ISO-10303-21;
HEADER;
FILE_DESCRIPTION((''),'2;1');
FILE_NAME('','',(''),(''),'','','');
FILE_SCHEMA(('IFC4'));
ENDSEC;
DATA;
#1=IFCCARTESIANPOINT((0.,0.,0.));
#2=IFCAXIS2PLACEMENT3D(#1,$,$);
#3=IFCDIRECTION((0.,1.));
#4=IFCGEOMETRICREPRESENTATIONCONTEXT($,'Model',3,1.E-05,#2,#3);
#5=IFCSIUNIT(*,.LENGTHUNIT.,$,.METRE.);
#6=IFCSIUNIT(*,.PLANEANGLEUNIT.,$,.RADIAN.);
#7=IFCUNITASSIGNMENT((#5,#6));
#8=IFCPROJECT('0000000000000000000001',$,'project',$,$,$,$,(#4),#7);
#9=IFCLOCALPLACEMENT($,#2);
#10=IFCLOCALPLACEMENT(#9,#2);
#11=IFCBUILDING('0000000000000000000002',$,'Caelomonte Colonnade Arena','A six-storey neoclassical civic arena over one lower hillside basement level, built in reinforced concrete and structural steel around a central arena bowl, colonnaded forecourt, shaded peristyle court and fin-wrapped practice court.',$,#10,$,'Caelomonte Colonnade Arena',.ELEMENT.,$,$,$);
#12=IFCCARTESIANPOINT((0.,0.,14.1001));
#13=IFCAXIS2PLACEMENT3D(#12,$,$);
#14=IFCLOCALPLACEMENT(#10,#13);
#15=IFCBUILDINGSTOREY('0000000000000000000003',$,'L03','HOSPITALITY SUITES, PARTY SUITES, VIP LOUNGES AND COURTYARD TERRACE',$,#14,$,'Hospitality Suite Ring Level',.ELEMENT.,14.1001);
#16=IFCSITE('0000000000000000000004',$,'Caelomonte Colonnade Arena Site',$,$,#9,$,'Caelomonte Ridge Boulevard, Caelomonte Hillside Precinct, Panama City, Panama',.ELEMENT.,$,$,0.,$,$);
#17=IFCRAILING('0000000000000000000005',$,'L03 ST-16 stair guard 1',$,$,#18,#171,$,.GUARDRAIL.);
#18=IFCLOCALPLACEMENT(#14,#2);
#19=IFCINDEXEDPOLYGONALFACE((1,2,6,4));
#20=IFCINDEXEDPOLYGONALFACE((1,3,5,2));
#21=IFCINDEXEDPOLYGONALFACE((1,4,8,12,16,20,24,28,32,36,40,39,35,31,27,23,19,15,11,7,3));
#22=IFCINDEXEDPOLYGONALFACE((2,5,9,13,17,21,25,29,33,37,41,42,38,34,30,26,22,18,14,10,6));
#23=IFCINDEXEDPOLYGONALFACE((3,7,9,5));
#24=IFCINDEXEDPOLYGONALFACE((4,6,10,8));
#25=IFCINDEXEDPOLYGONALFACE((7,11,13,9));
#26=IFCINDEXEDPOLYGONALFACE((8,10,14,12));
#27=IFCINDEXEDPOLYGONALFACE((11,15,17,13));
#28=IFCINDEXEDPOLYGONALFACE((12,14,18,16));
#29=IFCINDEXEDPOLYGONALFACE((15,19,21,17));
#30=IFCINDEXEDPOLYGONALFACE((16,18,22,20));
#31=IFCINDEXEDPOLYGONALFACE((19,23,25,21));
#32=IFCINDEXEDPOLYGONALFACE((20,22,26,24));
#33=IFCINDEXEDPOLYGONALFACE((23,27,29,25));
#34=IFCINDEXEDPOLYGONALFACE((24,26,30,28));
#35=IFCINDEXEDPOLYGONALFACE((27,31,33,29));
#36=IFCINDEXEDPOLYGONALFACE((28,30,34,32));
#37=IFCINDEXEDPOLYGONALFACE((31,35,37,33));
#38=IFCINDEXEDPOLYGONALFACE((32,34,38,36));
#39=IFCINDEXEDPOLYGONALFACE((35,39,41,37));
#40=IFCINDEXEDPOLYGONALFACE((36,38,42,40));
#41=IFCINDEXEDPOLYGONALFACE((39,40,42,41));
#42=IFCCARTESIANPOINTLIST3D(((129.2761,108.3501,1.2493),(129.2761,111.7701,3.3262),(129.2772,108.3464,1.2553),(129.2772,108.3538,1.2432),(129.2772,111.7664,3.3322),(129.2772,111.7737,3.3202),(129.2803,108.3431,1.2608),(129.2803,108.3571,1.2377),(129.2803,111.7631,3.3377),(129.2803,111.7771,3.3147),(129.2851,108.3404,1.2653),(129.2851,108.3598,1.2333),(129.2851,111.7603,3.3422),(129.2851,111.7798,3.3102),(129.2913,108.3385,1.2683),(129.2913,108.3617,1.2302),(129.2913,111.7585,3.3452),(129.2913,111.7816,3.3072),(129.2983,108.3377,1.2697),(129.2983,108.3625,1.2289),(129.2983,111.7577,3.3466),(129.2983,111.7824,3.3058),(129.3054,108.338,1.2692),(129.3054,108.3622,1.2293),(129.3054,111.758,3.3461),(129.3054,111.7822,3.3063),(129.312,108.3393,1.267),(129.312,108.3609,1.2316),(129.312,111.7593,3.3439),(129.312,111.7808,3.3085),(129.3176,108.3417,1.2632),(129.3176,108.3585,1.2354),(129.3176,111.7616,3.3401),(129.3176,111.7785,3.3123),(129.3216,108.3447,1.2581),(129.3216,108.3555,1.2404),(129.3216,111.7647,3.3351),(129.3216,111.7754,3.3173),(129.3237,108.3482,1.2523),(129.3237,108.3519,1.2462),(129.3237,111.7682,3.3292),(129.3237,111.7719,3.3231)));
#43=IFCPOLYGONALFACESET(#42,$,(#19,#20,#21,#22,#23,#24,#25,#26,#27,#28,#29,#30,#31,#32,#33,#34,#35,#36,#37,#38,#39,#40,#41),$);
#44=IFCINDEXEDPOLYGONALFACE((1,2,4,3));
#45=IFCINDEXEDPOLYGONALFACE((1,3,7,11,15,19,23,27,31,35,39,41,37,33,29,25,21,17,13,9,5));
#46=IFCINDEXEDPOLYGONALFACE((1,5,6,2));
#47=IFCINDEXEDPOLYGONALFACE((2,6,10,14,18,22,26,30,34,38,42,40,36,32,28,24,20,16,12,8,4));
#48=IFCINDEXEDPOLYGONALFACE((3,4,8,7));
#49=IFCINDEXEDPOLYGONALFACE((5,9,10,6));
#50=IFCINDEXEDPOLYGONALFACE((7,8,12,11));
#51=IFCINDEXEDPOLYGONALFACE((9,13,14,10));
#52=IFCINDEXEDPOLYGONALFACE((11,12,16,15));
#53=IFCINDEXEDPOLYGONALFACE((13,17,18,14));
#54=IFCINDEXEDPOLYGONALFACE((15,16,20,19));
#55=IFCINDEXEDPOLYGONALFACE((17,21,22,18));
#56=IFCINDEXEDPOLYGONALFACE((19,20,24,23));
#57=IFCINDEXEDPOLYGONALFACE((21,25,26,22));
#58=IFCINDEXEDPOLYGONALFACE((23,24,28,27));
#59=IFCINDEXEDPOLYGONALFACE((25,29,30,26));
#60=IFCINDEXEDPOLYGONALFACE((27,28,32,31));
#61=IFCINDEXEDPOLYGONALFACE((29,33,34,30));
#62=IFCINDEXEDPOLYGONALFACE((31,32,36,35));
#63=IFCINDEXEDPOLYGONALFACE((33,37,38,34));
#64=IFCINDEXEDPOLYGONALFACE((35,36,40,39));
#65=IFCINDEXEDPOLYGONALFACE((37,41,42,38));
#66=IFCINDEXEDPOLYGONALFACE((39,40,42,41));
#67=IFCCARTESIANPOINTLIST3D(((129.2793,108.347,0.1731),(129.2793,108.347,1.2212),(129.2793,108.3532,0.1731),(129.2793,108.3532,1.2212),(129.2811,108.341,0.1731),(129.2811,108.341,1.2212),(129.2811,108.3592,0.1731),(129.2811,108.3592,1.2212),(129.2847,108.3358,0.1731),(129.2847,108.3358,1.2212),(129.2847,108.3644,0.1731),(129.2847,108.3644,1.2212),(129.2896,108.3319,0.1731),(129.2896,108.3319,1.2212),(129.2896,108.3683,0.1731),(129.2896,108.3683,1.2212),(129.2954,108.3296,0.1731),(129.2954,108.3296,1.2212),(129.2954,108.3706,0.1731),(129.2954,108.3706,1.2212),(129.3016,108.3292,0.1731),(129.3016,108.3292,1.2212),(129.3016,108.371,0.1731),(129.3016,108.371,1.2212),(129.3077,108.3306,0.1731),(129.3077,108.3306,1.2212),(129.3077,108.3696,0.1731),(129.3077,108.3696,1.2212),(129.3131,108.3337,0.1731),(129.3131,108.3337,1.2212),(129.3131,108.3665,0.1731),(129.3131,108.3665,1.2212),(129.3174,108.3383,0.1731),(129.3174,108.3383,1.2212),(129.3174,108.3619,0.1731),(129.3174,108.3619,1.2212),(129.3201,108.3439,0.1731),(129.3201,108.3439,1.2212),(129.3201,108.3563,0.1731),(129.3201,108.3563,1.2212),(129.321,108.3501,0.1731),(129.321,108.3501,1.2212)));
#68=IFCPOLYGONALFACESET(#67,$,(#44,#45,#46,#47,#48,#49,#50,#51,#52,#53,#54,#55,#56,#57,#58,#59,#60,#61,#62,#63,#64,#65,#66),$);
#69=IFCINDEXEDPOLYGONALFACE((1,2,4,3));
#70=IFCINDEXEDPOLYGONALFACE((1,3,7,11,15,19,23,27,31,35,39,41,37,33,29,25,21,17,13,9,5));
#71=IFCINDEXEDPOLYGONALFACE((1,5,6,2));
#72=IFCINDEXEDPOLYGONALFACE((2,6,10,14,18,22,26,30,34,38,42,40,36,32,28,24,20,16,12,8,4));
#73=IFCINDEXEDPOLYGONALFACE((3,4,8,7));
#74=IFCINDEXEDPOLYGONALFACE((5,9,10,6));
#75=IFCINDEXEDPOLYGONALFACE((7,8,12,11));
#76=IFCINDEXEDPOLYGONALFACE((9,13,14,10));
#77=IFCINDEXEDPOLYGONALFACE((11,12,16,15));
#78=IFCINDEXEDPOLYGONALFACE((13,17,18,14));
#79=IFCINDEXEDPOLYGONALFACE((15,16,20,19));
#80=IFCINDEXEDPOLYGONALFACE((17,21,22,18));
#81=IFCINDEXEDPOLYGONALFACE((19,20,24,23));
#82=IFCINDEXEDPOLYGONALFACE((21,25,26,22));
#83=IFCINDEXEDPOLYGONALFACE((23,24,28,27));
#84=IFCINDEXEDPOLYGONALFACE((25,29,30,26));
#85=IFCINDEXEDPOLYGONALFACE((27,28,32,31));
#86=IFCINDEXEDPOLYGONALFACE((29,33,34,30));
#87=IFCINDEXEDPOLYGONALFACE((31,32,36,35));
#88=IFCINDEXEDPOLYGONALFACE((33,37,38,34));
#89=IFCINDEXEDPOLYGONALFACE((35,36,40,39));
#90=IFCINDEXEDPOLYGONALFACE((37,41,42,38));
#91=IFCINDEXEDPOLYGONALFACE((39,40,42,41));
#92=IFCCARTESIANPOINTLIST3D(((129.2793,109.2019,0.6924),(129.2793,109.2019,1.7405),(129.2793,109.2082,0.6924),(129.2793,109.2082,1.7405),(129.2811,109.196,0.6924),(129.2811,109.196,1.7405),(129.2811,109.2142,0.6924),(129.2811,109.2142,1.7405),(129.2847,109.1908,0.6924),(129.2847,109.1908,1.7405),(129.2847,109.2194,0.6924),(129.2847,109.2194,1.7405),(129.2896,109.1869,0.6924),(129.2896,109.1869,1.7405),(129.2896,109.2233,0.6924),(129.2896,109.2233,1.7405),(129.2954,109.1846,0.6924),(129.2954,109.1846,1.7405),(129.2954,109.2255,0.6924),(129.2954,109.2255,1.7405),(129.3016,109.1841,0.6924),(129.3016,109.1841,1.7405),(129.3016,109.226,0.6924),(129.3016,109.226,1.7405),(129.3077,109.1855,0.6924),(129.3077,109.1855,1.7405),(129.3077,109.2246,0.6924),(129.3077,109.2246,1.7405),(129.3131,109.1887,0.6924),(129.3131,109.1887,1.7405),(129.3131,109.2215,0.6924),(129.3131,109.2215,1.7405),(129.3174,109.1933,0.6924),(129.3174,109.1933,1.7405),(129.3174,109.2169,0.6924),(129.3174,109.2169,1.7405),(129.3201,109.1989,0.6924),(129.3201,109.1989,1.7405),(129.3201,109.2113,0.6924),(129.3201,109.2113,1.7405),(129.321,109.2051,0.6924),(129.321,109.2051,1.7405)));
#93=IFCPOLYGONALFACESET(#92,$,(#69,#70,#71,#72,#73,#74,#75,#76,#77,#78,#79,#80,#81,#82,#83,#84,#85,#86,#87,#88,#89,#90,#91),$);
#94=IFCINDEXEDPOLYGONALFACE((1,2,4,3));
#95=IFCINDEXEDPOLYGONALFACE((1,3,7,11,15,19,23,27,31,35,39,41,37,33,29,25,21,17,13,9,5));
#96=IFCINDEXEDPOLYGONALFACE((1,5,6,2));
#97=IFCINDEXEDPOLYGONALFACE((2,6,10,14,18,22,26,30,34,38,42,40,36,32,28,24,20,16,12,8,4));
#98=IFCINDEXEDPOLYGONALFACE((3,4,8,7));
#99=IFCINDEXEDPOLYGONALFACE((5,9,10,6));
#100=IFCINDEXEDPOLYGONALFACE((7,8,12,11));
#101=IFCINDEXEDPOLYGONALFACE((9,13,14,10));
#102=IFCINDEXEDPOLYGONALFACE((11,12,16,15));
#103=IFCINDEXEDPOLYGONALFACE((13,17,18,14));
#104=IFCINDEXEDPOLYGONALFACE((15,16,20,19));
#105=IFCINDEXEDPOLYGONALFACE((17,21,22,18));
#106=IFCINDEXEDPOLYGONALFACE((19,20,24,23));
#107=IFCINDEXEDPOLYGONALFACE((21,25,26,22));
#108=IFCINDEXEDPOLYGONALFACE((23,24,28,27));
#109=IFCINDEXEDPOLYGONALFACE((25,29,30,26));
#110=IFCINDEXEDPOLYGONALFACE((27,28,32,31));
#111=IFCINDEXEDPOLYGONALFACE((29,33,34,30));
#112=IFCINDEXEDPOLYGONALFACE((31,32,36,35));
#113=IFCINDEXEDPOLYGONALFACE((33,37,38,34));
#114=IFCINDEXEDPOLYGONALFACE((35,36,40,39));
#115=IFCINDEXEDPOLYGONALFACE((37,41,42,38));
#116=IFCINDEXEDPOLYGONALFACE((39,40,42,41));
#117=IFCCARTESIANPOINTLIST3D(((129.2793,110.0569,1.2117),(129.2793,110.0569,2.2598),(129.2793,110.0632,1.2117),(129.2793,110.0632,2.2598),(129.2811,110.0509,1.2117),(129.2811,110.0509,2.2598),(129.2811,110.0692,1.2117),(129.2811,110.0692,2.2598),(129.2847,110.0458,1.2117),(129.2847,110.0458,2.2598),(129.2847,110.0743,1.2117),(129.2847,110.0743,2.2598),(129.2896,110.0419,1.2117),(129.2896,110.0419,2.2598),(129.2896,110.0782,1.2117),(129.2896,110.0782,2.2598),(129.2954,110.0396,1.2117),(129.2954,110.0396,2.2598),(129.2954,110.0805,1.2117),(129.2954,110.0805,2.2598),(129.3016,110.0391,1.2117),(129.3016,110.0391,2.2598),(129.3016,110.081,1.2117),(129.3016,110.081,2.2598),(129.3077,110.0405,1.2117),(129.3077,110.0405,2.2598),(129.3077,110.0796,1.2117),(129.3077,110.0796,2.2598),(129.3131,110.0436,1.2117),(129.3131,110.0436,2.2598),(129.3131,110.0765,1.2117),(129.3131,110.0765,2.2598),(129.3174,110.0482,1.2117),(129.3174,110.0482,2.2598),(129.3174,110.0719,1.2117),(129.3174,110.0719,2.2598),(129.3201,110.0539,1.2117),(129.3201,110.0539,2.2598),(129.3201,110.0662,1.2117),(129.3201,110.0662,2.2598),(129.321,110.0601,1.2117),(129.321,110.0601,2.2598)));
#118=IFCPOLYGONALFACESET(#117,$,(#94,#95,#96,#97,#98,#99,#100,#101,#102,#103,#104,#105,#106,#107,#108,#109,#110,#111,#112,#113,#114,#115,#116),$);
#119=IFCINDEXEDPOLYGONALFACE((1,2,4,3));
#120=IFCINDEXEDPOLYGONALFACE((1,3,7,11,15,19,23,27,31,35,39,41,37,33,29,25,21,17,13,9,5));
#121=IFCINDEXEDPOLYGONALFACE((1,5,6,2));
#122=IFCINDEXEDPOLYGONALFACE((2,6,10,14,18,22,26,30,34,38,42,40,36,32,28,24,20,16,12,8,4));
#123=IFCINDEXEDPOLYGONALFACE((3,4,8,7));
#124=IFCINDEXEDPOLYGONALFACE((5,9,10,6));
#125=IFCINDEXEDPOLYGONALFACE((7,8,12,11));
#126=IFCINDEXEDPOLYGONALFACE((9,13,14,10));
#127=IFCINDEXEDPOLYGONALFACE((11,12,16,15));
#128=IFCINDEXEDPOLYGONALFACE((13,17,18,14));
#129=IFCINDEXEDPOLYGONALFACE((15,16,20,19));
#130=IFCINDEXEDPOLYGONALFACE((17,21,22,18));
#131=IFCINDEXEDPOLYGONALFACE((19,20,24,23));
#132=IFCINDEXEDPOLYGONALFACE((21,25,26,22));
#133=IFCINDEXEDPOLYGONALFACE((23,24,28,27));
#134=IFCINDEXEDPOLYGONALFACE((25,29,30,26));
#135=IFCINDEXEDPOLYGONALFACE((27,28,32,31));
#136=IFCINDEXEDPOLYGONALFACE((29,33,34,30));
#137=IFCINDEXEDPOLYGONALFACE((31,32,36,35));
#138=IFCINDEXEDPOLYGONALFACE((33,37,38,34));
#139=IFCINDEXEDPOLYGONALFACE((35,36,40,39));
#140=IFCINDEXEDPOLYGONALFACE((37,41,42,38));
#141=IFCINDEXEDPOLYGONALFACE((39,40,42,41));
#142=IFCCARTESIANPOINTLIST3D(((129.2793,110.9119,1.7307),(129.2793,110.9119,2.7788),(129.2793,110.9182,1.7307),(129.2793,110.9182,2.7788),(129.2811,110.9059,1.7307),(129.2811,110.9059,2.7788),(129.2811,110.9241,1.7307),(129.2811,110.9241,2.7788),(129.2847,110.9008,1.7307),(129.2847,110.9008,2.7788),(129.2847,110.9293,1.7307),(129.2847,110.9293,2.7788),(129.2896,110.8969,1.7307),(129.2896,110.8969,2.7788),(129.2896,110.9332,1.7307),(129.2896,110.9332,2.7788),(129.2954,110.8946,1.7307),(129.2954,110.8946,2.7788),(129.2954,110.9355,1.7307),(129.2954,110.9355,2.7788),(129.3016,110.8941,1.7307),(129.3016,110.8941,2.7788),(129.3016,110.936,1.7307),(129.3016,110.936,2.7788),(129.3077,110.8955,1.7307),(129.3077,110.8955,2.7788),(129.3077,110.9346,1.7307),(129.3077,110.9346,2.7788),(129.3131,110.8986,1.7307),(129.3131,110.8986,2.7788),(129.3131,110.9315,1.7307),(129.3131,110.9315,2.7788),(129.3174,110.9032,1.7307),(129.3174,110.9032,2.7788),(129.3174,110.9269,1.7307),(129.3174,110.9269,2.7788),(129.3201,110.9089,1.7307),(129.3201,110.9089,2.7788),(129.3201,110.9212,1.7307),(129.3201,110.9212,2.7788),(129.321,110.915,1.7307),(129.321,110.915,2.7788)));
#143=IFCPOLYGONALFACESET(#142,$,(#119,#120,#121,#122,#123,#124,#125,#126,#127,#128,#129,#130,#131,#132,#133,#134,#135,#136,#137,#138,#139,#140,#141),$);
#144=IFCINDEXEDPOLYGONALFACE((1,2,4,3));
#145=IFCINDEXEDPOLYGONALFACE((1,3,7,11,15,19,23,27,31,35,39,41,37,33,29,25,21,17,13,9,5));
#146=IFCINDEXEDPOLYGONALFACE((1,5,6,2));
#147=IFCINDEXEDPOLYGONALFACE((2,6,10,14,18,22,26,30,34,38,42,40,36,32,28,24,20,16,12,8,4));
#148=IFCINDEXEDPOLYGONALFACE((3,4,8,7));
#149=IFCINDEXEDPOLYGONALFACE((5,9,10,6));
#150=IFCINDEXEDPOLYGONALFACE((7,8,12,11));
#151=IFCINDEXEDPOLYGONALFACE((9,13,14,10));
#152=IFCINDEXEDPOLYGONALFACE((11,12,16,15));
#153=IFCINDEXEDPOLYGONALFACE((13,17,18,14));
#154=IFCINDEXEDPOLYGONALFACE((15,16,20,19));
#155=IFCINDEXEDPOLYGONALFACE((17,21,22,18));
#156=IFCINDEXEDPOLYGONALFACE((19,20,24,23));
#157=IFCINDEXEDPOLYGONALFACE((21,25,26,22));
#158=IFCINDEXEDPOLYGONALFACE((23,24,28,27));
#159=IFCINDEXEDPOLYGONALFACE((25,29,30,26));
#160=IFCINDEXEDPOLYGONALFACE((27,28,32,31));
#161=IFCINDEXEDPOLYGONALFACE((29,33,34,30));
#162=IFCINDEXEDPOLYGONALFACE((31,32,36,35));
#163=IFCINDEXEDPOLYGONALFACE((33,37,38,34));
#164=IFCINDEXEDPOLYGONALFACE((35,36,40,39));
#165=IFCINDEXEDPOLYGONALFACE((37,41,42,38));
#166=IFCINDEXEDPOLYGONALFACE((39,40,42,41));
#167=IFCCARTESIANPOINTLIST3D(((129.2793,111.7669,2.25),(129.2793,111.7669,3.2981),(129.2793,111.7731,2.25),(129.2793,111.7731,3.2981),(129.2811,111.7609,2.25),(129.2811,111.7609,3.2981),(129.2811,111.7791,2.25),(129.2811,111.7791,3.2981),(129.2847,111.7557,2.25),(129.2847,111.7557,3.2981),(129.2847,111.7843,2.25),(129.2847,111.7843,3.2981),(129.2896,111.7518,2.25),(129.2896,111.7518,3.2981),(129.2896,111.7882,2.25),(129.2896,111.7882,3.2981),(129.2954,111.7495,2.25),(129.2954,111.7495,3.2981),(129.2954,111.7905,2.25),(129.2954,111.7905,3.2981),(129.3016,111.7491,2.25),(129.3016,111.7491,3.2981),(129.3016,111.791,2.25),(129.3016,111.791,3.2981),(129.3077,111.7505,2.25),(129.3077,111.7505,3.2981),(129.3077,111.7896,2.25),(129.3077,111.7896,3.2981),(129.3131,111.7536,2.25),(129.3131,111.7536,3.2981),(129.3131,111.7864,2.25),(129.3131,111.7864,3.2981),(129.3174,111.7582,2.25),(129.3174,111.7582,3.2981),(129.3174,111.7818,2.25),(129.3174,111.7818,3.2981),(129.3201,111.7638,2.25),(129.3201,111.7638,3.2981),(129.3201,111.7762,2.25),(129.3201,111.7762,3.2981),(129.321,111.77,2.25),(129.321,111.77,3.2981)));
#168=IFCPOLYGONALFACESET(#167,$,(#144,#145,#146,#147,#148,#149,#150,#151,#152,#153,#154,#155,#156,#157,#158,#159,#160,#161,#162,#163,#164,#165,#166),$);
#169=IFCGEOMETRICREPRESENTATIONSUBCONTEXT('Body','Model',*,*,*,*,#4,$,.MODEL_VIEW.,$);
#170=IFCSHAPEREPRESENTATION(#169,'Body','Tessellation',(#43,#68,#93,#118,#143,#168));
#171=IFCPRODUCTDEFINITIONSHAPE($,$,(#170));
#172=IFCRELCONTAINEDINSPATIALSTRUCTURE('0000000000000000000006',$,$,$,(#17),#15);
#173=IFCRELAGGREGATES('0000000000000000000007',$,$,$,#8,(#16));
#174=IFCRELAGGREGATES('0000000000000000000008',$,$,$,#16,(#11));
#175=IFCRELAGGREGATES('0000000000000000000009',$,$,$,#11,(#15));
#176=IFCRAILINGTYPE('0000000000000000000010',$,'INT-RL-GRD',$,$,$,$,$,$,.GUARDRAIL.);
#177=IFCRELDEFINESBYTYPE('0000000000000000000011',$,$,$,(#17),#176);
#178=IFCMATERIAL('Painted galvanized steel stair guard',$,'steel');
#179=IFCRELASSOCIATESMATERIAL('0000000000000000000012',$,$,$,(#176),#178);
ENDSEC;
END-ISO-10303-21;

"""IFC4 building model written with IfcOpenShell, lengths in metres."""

from ifc_helpers import new_model, si_unit, direction, frame, origin, origin_2d, place, context, subcontext, project, spatial, circle, extrude, material, type_object, element, save


model = new_model("IFC4")

# Units and contexts
model_context = context("Model", 3, precision=1e-05, world=origin(), true_north=direction((0.0, 1.0)))
body_context = subcontext(model_context, "Body", "Model", "MODEL_VIEW")
ifc_project = project(units=[si_unit("LENGTHUNIT", "METRE"), si_unit("PLANEANGLEUNIT", "RADIAN")], contexts=[model_context])

# Site, building, storey
site_placement = place(None, origin())
site = spatial("IfcSite", under=ifc_project, at=site_placement, Name="Caelomonte Colonnade Arena Site", LongName="Caelomonte Ridge Boulevard, Caelomonte Hillside Precinct, Panama City, Panama", CompositionType="ELEMENT", RefElevation=0.0)
building_placement = place(site_placement, origin())
building = spatial("IfcBuilding", under=site, at=building_placement, Name="Caelomonte Colonnade Arena", Description="A six-storey neoclassical civic arena over one lower hillside basement level, built in reinforced concrete and structural steel around a central arena bowl, colonnaded forecourt, shaded peristyle court and fin-wrapped practice court.", LongName="Caelomonte Colonnade Arena", CompositionType="ELEMENT")
storey_placement = place(building_placement, frame((0.0, 0.0, 14.1001)))
storey = spatial("IfcBuildingStorey", under=building, at=storey_placement, Name="L03", Description="HOSPITALITY SUITES, PARTY SUITES, VIP LOUNGES AND COURTYARD TERRACE", LongName="Hospitality Suite Ring Level", CompositionType="ELEMENT", Elevation=14.1001)

# Railing
ifc_material_1 = material(Name="Painted galvanized steel stair guard", Category="steel")
railing_type_1 = type_object("IfcRailingType", Name="INT-RL-GRD", PredefinedType="GUARDRAIL", material=ifc_material_1)
railing_1_placement = place(storey_placement, frame((129.3, 108.3501, 0.1731)))
element("IfcRailing", 1, at=railing_1_placement, inside=storey, type_object=railing_type_1, Name="L03 ST-16 stair guard 1", PredefinedType="GUARDRAIL", context=body_context, shape_type="SweptSolid", body=[
    extrude(circle(Radius=0.0239, at=origin_2d()), frame((0.0, 0.0, 1.0762), z_axis=(0.0, 0.85473, 0.519074), x_axis=(-1.0, 0.0, 0.0)), (0.0, 0.0, 1.0), 4.0012),
    extrude(circle(Radius=0.021, at=origin_2d()), origin(), (0.0, 0.0, 1.0), 1.0481),
    extrude(circle(Radius=0.021, at=origin_2d()), frame((0.0, 0.855, 0.5193)), (0.0, 0.0, 1.0), 1.0481),
    extrude(circle(Radius=0.021, at=origin_2d()), frame((0.0, 1.71, 1.0386)), (0.0, 0.0, 1.0), 1.0481),
    extrude(circle(Radius=0.021, at=origin_2d()), frame((0.0, 2.5649, 1.5576)), (0.0, 0.0, 1.0), 1.0481),
    extrude(circle(Radius=0.021, at=origin_2d()), frame((0.0, 3.4199, 2.0769)), (0.0, 0.0, 1.0), 1.0481),
])

save(model, "model.ifc")
